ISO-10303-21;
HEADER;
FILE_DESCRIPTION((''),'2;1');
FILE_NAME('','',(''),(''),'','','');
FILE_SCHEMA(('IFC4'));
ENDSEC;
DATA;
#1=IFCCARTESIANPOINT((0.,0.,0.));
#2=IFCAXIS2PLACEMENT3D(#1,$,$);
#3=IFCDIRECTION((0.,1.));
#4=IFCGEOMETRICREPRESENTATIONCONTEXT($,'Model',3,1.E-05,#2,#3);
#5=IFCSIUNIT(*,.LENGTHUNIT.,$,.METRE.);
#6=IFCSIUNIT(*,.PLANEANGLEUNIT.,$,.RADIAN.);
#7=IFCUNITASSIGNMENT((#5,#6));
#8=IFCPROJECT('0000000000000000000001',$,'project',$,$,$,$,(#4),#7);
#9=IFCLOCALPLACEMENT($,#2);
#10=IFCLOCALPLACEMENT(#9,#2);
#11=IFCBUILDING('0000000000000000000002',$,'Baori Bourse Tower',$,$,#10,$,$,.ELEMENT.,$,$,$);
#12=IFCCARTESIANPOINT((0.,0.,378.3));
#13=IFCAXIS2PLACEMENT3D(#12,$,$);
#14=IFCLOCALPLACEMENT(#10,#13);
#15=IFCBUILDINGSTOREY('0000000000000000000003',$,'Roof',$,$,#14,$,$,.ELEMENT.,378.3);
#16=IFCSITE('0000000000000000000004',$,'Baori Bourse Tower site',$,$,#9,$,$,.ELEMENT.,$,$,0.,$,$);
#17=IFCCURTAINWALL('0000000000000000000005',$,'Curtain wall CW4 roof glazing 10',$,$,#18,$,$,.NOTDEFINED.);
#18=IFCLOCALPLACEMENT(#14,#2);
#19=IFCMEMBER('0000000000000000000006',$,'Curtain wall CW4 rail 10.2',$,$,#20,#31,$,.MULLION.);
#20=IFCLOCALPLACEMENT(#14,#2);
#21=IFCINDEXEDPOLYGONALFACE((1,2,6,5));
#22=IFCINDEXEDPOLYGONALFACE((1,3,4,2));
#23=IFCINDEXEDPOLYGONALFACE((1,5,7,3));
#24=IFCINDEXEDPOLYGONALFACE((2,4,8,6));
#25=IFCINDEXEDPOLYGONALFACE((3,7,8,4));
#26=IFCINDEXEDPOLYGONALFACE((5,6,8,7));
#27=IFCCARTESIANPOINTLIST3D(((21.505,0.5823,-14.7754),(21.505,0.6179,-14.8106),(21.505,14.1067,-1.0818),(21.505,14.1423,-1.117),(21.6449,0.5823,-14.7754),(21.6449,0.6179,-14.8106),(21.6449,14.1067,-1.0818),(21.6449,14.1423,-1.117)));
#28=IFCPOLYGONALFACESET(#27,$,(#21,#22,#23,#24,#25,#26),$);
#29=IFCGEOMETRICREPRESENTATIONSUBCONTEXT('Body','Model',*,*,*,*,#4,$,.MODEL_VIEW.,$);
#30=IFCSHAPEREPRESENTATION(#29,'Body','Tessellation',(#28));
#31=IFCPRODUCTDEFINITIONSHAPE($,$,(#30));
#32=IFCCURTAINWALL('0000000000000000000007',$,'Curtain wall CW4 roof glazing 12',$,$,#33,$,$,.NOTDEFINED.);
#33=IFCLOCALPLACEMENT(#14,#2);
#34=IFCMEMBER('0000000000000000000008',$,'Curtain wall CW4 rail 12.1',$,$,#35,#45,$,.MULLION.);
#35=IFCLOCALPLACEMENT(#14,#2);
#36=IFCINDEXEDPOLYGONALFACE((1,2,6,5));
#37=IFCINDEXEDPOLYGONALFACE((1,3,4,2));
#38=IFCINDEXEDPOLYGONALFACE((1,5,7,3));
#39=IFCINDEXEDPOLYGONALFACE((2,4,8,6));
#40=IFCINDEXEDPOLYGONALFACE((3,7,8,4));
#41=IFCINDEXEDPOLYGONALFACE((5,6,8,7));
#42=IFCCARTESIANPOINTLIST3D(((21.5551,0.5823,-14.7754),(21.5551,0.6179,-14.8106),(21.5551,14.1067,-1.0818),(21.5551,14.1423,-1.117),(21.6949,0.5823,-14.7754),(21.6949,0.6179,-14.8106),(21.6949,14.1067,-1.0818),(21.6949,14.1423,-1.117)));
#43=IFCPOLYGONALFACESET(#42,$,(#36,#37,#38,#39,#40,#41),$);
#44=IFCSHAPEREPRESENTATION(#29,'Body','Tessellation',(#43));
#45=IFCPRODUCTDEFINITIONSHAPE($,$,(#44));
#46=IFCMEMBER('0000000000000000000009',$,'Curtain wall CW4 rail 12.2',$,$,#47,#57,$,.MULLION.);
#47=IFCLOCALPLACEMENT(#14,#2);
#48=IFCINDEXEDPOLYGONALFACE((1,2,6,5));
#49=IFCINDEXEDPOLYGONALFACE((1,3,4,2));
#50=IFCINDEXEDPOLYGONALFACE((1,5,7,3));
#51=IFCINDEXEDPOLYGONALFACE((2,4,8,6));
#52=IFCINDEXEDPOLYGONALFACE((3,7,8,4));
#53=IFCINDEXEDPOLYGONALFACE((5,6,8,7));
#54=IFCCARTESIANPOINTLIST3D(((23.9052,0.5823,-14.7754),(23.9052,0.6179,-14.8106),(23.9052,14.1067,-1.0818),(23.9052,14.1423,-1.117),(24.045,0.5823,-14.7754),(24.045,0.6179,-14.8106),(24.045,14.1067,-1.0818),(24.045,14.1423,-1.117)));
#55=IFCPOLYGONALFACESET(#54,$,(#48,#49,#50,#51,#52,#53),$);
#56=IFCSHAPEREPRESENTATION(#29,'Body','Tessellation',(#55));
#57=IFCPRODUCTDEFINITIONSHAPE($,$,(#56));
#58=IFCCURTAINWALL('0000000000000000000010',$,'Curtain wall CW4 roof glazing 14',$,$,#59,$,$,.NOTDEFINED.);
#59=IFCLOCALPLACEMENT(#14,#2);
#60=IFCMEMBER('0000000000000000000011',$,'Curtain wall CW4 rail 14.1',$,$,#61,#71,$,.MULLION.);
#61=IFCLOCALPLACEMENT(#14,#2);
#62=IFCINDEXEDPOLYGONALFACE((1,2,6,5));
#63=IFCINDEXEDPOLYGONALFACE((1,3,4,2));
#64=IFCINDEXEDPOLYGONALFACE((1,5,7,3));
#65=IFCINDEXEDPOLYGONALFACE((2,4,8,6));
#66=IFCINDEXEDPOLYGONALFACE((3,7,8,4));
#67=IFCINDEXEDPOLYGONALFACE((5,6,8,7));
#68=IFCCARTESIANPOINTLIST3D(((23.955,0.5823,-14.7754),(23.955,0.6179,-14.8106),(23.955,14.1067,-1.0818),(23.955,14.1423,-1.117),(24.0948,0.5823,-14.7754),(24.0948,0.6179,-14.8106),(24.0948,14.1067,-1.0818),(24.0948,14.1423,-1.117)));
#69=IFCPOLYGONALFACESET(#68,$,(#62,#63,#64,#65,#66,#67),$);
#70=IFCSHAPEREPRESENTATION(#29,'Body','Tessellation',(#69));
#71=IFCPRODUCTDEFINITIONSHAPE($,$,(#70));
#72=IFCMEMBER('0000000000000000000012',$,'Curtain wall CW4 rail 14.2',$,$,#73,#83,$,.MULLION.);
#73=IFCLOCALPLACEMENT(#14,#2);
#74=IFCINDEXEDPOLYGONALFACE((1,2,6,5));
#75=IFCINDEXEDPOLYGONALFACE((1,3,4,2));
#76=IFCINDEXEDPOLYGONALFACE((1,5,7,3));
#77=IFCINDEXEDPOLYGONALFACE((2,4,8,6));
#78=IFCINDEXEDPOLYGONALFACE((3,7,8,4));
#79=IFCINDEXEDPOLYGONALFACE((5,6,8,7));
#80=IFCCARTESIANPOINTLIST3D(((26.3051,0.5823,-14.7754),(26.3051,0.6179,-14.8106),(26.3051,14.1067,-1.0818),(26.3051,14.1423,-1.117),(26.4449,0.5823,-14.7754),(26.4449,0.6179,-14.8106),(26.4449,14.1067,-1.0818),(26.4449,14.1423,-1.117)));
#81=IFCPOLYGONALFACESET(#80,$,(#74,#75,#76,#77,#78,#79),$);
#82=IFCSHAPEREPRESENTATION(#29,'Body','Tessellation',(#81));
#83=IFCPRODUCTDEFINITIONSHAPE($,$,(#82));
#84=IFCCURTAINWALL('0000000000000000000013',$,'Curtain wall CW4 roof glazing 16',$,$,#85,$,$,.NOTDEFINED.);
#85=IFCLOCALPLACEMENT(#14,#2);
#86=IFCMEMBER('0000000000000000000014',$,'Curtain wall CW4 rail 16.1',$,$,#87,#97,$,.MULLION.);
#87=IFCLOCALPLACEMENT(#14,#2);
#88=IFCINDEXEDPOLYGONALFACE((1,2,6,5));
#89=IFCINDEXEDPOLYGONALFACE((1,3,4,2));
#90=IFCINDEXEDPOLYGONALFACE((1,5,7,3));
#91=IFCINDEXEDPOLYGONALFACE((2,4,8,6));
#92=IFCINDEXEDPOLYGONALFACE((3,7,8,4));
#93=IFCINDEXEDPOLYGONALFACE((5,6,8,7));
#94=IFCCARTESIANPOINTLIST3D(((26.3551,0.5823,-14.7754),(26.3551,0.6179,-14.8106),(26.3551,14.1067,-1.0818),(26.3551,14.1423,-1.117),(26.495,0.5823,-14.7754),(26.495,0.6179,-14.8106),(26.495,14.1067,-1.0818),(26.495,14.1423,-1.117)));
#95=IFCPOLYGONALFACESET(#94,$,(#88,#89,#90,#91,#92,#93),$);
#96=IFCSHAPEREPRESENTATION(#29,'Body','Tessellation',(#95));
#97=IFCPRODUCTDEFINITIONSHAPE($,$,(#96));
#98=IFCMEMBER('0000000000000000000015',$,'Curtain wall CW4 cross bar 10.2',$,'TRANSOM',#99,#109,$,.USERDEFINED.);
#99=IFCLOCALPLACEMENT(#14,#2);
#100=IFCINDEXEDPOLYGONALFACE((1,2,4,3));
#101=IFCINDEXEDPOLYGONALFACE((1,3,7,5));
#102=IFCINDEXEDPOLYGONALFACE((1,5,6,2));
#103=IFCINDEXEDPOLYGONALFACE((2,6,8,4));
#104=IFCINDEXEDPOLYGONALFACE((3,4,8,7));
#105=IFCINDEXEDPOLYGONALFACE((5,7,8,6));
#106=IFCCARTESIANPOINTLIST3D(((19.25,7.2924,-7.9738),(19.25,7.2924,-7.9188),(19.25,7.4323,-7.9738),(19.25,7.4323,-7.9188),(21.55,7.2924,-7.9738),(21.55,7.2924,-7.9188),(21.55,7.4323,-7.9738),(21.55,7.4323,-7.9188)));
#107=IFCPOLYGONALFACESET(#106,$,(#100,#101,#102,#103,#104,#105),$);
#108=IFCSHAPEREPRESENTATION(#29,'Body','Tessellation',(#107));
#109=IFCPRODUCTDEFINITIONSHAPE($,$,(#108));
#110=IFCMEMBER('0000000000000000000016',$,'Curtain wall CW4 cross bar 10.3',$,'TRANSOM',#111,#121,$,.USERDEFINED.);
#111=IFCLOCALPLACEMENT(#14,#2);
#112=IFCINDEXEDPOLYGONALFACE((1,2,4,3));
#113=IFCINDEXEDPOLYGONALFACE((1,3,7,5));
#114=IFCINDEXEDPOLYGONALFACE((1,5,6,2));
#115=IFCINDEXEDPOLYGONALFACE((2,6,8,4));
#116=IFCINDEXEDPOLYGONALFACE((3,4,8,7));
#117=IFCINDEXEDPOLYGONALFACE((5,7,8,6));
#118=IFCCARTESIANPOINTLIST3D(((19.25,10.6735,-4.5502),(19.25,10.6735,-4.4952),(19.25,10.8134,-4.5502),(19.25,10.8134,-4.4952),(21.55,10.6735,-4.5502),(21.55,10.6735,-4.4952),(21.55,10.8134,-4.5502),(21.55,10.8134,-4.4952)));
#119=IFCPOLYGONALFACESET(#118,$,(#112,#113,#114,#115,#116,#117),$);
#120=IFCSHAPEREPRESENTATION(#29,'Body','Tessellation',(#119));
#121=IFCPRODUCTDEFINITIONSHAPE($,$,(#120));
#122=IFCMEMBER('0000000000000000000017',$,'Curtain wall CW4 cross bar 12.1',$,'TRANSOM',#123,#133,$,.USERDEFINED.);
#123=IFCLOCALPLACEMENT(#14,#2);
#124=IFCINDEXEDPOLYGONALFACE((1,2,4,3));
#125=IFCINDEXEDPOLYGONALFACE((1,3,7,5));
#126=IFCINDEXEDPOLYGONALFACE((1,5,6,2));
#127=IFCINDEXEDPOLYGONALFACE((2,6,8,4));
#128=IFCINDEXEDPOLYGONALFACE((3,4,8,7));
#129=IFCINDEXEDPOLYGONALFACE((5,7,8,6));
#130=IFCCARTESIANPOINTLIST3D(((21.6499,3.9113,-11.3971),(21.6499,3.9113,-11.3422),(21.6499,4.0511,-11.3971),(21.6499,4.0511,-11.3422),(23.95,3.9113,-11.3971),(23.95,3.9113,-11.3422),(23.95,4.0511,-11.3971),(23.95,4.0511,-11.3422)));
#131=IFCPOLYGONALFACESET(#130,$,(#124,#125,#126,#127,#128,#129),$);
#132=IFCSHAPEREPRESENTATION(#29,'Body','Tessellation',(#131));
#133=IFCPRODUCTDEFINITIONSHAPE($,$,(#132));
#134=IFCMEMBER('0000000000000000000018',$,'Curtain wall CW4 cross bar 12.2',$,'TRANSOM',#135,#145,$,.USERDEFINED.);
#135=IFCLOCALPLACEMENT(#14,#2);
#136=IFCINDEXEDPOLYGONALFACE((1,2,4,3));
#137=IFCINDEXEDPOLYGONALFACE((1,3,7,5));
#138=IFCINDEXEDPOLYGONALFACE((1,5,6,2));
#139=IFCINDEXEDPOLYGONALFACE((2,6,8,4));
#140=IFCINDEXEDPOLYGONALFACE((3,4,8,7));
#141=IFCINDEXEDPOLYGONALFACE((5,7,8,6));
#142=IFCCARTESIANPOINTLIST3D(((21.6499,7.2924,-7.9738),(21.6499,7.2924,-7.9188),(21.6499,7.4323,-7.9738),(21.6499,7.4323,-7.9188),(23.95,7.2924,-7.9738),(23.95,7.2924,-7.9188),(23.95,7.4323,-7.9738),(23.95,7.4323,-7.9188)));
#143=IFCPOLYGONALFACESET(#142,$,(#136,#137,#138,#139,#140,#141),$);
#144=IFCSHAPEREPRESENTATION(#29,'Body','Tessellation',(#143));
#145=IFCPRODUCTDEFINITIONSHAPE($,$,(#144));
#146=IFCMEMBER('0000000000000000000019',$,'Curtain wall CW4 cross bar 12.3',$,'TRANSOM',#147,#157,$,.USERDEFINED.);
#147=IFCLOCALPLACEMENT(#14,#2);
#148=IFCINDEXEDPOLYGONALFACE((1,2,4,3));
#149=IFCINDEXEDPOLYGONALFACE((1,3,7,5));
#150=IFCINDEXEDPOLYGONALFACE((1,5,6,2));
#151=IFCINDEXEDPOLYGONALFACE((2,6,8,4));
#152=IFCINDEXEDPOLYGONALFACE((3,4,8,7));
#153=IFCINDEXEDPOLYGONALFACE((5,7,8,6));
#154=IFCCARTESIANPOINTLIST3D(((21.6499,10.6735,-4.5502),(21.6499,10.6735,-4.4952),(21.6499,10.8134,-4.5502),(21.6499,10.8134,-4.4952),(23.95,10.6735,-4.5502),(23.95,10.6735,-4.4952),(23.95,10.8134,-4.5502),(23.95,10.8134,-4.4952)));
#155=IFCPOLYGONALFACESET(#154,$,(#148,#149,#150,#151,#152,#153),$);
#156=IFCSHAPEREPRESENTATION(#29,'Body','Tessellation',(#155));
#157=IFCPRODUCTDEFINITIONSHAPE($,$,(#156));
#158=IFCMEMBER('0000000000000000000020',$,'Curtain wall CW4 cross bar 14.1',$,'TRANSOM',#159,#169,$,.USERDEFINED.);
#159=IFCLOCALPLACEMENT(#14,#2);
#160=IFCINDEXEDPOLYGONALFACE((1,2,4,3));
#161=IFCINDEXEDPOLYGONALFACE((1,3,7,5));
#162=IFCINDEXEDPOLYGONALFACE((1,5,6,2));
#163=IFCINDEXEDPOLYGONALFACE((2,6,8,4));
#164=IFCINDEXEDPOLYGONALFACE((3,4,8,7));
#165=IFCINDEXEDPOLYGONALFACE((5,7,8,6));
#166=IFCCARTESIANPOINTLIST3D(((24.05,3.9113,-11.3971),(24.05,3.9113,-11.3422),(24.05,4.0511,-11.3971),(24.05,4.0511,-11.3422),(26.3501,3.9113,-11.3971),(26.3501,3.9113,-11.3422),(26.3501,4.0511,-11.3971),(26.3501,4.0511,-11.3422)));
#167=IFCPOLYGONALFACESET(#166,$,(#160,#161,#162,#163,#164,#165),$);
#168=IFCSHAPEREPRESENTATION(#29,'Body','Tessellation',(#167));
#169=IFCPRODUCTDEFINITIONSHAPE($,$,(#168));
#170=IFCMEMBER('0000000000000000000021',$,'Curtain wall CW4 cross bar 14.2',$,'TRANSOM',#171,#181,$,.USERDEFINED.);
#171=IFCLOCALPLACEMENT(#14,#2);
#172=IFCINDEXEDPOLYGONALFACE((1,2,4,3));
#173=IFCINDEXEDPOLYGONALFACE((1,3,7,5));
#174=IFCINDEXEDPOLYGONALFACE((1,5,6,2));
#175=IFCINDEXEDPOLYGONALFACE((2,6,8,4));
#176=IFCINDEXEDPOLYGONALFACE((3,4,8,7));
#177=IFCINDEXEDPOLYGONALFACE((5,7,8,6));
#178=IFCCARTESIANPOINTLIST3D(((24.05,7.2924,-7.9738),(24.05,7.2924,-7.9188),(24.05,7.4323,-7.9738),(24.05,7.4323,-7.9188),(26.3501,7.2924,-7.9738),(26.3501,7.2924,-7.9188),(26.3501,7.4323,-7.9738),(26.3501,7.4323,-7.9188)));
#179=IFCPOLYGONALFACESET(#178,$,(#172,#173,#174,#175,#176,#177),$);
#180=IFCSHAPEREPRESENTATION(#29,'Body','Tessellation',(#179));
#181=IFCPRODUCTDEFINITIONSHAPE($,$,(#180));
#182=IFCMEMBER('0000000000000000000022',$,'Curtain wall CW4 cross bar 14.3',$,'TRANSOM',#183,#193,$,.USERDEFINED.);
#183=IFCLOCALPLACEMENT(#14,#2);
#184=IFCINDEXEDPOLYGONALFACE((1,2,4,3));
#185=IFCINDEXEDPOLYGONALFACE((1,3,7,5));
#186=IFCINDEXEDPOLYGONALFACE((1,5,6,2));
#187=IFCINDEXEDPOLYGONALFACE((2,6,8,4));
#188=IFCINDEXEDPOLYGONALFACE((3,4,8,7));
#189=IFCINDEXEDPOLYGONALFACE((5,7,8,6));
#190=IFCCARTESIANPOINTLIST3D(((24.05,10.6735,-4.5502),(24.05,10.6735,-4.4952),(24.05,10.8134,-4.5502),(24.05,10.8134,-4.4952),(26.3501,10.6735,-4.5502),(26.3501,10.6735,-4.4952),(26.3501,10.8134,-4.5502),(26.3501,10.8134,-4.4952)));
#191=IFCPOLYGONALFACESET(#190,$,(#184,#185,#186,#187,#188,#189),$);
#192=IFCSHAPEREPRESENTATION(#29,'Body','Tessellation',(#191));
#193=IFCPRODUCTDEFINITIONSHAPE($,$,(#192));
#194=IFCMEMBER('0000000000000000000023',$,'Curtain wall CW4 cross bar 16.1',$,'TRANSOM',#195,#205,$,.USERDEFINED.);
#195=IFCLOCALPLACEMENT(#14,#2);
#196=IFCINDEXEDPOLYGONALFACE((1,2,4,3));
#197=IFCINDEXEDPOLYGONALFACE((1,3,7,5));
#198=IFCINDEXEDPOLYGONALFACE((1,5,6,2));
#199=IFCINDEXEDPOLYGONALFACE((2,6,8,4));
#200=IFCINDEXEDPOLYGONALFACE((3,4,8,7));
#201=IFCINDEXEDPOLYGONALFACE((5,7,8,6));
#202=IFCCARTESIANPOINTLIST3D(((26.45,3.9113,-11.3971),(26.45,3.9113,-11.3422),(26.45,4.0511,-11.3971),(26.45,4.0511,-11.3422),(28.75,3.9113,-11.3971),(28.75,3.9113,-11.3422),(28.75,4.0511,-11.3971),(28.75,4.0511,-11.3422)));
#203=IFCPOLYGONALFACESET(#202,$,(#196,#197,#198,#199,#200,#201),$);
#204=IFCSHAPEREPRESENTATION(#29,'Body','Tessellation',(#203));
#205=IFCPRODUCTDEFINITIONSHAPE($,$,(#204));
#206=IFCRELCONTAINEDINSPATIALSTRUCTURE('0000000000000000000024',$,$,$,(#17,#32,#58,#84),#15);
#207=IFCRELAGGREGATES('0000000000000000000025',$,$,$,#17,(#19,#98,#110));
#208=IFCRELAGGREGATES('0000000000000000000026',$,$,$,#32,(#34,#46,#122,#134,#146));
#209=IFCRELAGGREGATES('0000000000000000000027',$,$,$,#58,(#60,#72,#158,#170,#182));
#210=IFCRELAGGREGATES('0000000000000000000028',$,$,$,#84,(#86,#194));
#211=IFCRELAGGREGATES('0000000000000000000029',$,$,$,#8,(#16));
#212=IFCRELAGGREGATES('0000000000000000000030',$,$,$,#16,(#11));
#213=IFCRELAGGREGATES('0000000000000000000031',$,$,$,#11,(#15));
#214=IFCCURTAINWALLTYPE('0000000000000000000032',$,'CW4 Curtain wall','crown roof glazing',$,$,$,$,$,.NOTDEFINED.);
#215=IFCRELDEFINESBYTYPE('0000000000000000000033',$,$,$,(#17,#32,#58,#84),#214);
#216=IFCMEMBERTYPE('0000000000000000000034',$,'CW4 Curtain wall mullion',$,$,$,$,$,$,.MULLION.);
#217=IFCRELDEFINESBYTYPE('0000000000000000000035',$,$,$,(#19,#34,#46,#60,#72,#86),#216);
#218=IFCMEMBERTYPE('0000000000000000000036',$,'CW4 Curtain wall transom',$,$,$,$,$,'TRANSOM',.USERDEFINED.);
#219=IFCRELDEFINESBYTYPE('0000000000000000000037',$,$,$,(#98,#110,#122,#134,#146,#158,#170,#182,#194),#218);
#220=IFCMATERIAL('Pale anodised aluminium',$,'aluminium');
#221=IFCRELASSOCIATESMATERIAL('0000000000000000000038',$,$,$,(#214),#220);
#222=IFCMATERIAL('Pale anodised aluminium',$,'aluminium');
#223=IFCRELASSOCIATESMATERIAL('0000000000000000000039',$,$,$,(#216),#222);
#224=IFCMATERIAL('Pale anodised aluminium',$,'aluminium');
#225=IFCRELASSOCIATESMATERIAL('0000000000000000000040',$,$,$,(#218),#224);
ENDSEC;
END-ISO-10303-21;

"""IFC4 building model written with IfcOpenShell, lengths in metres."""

from ifc_helpers import new_model, si_unit, direction, frame, origin, origin_2d, place, context, subcontext, project, spatial, rectangle, extrude, material, material_profile, profile_set, type_object, element, aggregate, save


model = new_model("IFC4")

# Units and contexts
model_context = context("Model", 3, precision=1e-05, world=origin(), true_north=direction((0.0, 1.0)))
body_context = subcontext(model_context, "Body", "Model", "MODEL_VIEW")
ifc_project = project(units=[si_unit("LENGTHUNIT", "METRE"), si_unit("PLANEANGLEUNIT", "RADIAN")], contexts=[model_context])

# Site, building, storey
site_placement = place(None, origin())
site = spatial("IfcSite", under=ifc_project, at=site_placement, Name="Baori Bourse Tower site", CompositionType="ELEMENT", RefElevation=0.0)
building_placement = place(site_placement, origin())
building = spatial("IfcBuilding", under=site, at=building_placement, Name="Baori Bourse Tower", CompositionType="ELEMENT")
storey_placement = place(building_placement, frame((0.0, 0.0, 378.3)))
storey = spatial("IfcBuildingStorey", under=building, at=storey_placement, Name="Roof", CompositionType="ELEMENT", Elevation=378.3)

# Curtain wall, member
ifc_material_1 = material(Name="Pale anodised aluminium", Category="aluminium")
curtain_wall_type = type_object("IfcCurtainWallType", Name="CW4 Curtain wall", Description="crown roof glazing", PredefinedType="NOTDEFINED", material=ifc_material_1)
curtain_wall_1_placement = place(storey_placement, origin())
curtain_wall_1 = element("IfcCurtainWall", 1, at=curtain_wall_1_placement, inside=storey, type_object=curtain_wall_type, Name="Curtain wall CW4 roof glazing 10", PredefinedType="NOTDEFINED")
ifc_material_2 = material(Name="Pale anodised aluminium", Category="aluminium")
ifc_material_profile_1 = material_profile(ifc_material_2, rectangle(XDim=0.1399, YDim=0.05, at=origin_2d()), Name="Mullion 50x140")
ifc_profile_set_1 = profile_set([ifc_material_profile_1], Name="Pale anodised aluminium")
member_type_1 = type_object("IfcMemberType", Name="CW4 Curtain wall mullion", PredefinedType="MULLION", material=ifc_profile_set_1)
member_1_placement = place(storey_placement, frame((21.575, 0.6001, -14.793), z_axis=(0.0, 0.702698, 0.711488), x_axis=(-1.0, 0.0, 0.0)))
member_1 = element("IfcMember", 2, at=member_1_placement, type_object=member_type_1, Name="Curtain wall CW4 rail 10.2", PredefinedType="MULLION", context=body_context, shape_type="SweptSolid", body=[
    extrude(rectangle(XDim=0.1399, YDim=0.05, at=origin_2d()), origin(), (0.0, 0.0, 1.0), 19.2463),
])

# Curtain walls, members
curtain_wall_2_placement = place(storey_placement, origin())
curtain_wall_2 = element("IfcCurtainWall", 3, at=curtain_wall_2_placement, inside=storey, type_object=curtain_wall_type, Name="Curtain wall CW4 roof glazing 12", PredefinedType="NOTDEFINED")
member_2_placement = place(storey_placement, frame((21.625, 0.6001, -14.793), z_axis=(0.0, 0.702698, 0.711488), x_axis=(-1.0, 0.0, 0.0)))
member_2 = element("IfcMember", 4, at=member_2_placement, type_object=member_type_1, Name="Curtain wall CW4 rail 12.1", PredefinedType="MULLION", context=body_context, shape_type="SweptSolid", body=[
    extrude(rectangle(XDim=0.1399, YDim=0.05, at=origin_2d()), origin(), (0.0, 0.0, 1.0), 19.2463),
])
member_3_placement = place(storey_placement, frame((23.9751, 0.6001, -14.793), z_axis=(0.0, 0.702698, 0.711488), x_axis=(-1.0, 0.0, 0.0)))
member_3 = element("IfcMember", 5, at=member_3_placement, type_object=member_type_1, Name="Curtain wall CW4 rail 12.2", PredefinedType="MULLION", context=body_context, shape_type="SweptSolid", body=[
    extrude(rectangle(XDim=0.1399, YDim=0.05, at=origin_2d()), origin(), (0.0, 0.0, 1.0), 19.2463),
])
curtain_wall_3_placement = place(storey_placement, origin())
curtain_wall_3 = element("IfcCurtainWall", 6, at=curtain_wall_3_placement, inside=storey, type_object=curtain_wall_type, Name="Curtain wall CW4 roof glazing 14", PredefinedType="NOTDEFINED")
member_4_placement = place(storey_placement, frame((24.0249, 0.6001, -14.793), z_axis=(0.0, 0.702698, 0.711488), x_axis=(-1.0, 0.0, 0.0)))
member_4 = element("IfcMember", 7, at=member_4_placement, type_object=member_type_1, Name="Curtain wall CW4 rail 14.1", PredefinedType="MULLION", context=body_context, shape_type="SweptSolid", body=[
    extrude(rectangle(XDim=0.1399, YDim=0.05, at=origin_2d()), origin(), (0.0, 0.0, 1.0), 19.2463),
])
member_5_placement = place(storey_placement, frame((26.375, 0.6001, -14.793), z_axis=(0.0, 0.702698, 0.711488), x_axis=(-1.0, 0.0, 0.0)))
member_5 = element("IfcMember", 8, at=member_5_placement, type_object=member_type_1, Name="Curtain wall CW4 rail 14.2", PredefinedType="MULLION", context=body_context, shape_type="SweptSolid", body=[
    extrude(rectangle(XDim=0.1399, YDim=0.05, at=origin_2d()), origin(), (0.0, 0.0, 1.0), 19.2463),
])

# Curtain wall, member
curtain_wall_4_placement = place(storey_placement, origin())
curtain_wall_4 = element("IfcCurtainWall", 9, at=curtain_wall_4_placement, inside=storey, type_object=curtain_wall_type, Name="Curtain wall CW4 roof glazing 16", PredefinedType="NOTDEFINED")
member_6_placement = place(storey_placement, frame((26.425, 0.6001, -14.793), z_axis=(0.0, 0.702698, 0.711488), x_axis=(-1.0, 0.0, 0.0)))
member_6 = element("IfcMember", 10, at=member_6_placement, type_object=member_type_1, Name="Curtain wall CW4 rail 16.1", PredefinedType="MULLION", context=body_context, shape_type="SweptSolid", body=[
    extrude(rectangle(XDim=0.1399, YDim=0.05, at=origin_2d()), origin(), (0.0, 0.0, 1.0), 19.2463),
])

# Members
ifc_material_3 = material(Name="Pale anodised aluminium", Category="aluminium")
ifc_material_profile_2 = material_profile(ifc_material_3, rectangle(XDim=0.1399, YDim=0.0549, at=origin_2d()), Name="Transom 55x140")
ifc_profile_set_2 = profile_set([ifc_material_profile_2], Name="Pale anodised aluminium")
member_type_2 = type_object("IfcMemberType", Name="CW4 Curtain wall transom", ElementType="TRANSOM", PredefinedType="USERDEFINED", material=ifc_profile_set_2)
member_7_placement = place(storey_placement, frame((19.25, 7.3623, -7.9463), z_axis=(1.0, 0.0, 0.0), x_axis=(0.0, 1.0, 0.0)))
member_7 = element("IfcMember", 11, at=member_7_placement, type_object=member_type_2, Name="Curtain wall CW4 cross bar 10.2", ObjectType="TRANSOM", PredefinedType="USERDEFINED", context=body_context, shape_type="SweptSolid", body=[
    extrude(rectangle(XDim=0.1399, YDim=0.0549, at=origin_2d()), origin(), (0.0, 0.0, 1.0), 2.3),
])
member_8_placement = place(storey_placement, frame((19.25, 10.7434, -4.5227), z_axis=(1.0, 0.0, 0.0), x_axis=(0.0, 1.0, 0.0)))
member_8 = element("IfcMember", 12, at=member_8_placement, type_object=member_type_2, Name="Curtain wall CW4 cross bar 10.3", ObjectType="TRANSOM", PredefinedType="USERDEFINED", context=body_context, shape_type="SweptSolid", body=[
    extrude(rectangle(XDim=0.1399, YDim=0.0549, at=origin_2d()), origin(), (0.0, 0.0, 1.0), 2.3),
])
member_9_placement = place(storey_placement, frame((21.6499, 3.9812, -11.3696), z_axis=(1.0, 0.0, 0.0), x_axis=(0.0, 1.0, 0.0)))
member_9 = element("IfcMember", 13, at=member_9_placement, type_object=member_type_2, Name="Curtain wall CW4 cross bar 12.1", ObjectType="TRANSOM", PredefinedType="USERDEFINED", context=body_context, shape_type="SweptSolid", body=[
    extrude(rectangle(XDim=0.1399, YDim=0.0549, at=origin_2d()), origin(), (0.0, 0.0, 1.0), 2.3),
])
member_10_placement = place(storey_placement, frame((21.6499, 7.3623, -7.9463), z_axis=(1.0, 0.0, 0.0), x_axis=(0.0, 1.0, 0.0)))
member_10 = element("IfcMember", 14, at=member_10_placement, type_object=member_type_2, Name="Curtain wall CW4 cross bar 12.2", ObjectType="TRANSOM", PredefinedType="USERDEFINED", context=body_context, shape_type="SweptSolid", body=[
    extrude(rectangle(XDim=0.1399, YDim=0.0549, at=origin_2d()), origin(), (0.0, 0.0, 1.0), 2.3),
])
member_11_placement = place(storey_placement, frame((21.6499, 10.7434, -4.5227), z_axis=(1.0, 0.0, 0.0), x_axis=(0.0, 1.0, 0.0)))
member_11 = element("IfcMember", 15, at=member_11_placement, type_object=member_type_2, Name="Curtain wall CW4 cross bar 12.3", ObjectType="TRANSOM", PredefinedType="USERDEFINED", context=body_context, shape_type="SweptSolid", body=[
    extrude(rectangle(XDim=0.1399, YDim=0.0549, at=origin_2d()), origin(), (0.0, 0.0, 1.0), 2.3),
])
member_12_placement = place(storey_placement, frame((24.05, 3.9812, -11.3696), z_axis=(1.0, 0.0, 0.0), x_axis=(0.0, 1.0, 0.0)))
member_12 = element("IfcMember", 16, at=member_12_placement, type_object=member_type_2, Name="Curtain wall CW4 cross bar 14.1", ObjectType="TRANSOM", PredefinedType="USERDEFINED", context=body_context, shape_type="SweptSolid", body=[
    extrude(rectangle(XDim=0.1399, YDim=0.0549, at=origin_2d()), origin(), (0.0, 0.0, 1.0), 2.3),
])
member_13_placement = place(storey_placement, frame((24.05, 7.3623, -7.9463), z_axis=(1.0, 0.0, 0.0), x_axis=(0.0, 1.0, 0.0)))
member_13 = element("IfcMember", 17, at=member_13_placement, type_object=member_type_2, Name="Curtain wall CW4 cross bar 14.2", ObjectType="TRANSOM", PredefinedType="USERDEFINED", context=body_context, shape_type="SweptSolid", body=[
    extrude(rectangle(XDim=0.1399, YDim=0.0549, at=origin_2d()), origin(), (0.0, 0.0, 1.0), 2.3),
])
member_14_placement = place(storey_placement, frame((24.05, 10.7434, -4.5227), z_axis=(1.0, 0.0, 0.0), x_axis=(0.0, 1.0, 0.0)))
member_14 = element("IfcMember", 18, at=member_14_placement, type_object=member_type_2, Name="Curtain wall CW4 cross bar 14.3", ObjectType="TRANSOM", PredefinedType="USERDEFINED", context=body_context, shape_type="SweptSolid", body=[
    extrude(rectangle(XDim=0.1399, YDim=0.0549, at=origin_2d()), origin(), (0.0, 0.0, 1.0), 2.3),
])
member_15_placement = place(storey_placement, frame((26.45, 3.9812, -11.3696), z_axis=(1.0, 0.0, 0.0), x_axis=(0.0, 1.0, 0.0)))
member_15 = element("IfcMember", 19, at=member_15_placement, type_object=member_type_2, Name="Curtain wall CW4 cross bar 16.1", ObjectType="TRANSOM", PredefinedType="USERDEFINED", context=body_context, shape_type="SweptSolid", body=[
    extrude(rectangle(XDim=0.1399, YDim=0.0549, at=origin_2d()), origin(), (0.0, 0.0, 1.0), 2.3),
])

aggregate(curtain_wall_1, [member_1, member_7, member_8])
aggregate(curtain_wall_2, [member_2, member_3, member_9, member_10, member_11])
aggregate(curtain_wall_3, [member_4, member_5, member_12, member_13, member_14])
aggregate(curtain_wall_4, [member_6, member_15])

save(model, "model.ifc")
